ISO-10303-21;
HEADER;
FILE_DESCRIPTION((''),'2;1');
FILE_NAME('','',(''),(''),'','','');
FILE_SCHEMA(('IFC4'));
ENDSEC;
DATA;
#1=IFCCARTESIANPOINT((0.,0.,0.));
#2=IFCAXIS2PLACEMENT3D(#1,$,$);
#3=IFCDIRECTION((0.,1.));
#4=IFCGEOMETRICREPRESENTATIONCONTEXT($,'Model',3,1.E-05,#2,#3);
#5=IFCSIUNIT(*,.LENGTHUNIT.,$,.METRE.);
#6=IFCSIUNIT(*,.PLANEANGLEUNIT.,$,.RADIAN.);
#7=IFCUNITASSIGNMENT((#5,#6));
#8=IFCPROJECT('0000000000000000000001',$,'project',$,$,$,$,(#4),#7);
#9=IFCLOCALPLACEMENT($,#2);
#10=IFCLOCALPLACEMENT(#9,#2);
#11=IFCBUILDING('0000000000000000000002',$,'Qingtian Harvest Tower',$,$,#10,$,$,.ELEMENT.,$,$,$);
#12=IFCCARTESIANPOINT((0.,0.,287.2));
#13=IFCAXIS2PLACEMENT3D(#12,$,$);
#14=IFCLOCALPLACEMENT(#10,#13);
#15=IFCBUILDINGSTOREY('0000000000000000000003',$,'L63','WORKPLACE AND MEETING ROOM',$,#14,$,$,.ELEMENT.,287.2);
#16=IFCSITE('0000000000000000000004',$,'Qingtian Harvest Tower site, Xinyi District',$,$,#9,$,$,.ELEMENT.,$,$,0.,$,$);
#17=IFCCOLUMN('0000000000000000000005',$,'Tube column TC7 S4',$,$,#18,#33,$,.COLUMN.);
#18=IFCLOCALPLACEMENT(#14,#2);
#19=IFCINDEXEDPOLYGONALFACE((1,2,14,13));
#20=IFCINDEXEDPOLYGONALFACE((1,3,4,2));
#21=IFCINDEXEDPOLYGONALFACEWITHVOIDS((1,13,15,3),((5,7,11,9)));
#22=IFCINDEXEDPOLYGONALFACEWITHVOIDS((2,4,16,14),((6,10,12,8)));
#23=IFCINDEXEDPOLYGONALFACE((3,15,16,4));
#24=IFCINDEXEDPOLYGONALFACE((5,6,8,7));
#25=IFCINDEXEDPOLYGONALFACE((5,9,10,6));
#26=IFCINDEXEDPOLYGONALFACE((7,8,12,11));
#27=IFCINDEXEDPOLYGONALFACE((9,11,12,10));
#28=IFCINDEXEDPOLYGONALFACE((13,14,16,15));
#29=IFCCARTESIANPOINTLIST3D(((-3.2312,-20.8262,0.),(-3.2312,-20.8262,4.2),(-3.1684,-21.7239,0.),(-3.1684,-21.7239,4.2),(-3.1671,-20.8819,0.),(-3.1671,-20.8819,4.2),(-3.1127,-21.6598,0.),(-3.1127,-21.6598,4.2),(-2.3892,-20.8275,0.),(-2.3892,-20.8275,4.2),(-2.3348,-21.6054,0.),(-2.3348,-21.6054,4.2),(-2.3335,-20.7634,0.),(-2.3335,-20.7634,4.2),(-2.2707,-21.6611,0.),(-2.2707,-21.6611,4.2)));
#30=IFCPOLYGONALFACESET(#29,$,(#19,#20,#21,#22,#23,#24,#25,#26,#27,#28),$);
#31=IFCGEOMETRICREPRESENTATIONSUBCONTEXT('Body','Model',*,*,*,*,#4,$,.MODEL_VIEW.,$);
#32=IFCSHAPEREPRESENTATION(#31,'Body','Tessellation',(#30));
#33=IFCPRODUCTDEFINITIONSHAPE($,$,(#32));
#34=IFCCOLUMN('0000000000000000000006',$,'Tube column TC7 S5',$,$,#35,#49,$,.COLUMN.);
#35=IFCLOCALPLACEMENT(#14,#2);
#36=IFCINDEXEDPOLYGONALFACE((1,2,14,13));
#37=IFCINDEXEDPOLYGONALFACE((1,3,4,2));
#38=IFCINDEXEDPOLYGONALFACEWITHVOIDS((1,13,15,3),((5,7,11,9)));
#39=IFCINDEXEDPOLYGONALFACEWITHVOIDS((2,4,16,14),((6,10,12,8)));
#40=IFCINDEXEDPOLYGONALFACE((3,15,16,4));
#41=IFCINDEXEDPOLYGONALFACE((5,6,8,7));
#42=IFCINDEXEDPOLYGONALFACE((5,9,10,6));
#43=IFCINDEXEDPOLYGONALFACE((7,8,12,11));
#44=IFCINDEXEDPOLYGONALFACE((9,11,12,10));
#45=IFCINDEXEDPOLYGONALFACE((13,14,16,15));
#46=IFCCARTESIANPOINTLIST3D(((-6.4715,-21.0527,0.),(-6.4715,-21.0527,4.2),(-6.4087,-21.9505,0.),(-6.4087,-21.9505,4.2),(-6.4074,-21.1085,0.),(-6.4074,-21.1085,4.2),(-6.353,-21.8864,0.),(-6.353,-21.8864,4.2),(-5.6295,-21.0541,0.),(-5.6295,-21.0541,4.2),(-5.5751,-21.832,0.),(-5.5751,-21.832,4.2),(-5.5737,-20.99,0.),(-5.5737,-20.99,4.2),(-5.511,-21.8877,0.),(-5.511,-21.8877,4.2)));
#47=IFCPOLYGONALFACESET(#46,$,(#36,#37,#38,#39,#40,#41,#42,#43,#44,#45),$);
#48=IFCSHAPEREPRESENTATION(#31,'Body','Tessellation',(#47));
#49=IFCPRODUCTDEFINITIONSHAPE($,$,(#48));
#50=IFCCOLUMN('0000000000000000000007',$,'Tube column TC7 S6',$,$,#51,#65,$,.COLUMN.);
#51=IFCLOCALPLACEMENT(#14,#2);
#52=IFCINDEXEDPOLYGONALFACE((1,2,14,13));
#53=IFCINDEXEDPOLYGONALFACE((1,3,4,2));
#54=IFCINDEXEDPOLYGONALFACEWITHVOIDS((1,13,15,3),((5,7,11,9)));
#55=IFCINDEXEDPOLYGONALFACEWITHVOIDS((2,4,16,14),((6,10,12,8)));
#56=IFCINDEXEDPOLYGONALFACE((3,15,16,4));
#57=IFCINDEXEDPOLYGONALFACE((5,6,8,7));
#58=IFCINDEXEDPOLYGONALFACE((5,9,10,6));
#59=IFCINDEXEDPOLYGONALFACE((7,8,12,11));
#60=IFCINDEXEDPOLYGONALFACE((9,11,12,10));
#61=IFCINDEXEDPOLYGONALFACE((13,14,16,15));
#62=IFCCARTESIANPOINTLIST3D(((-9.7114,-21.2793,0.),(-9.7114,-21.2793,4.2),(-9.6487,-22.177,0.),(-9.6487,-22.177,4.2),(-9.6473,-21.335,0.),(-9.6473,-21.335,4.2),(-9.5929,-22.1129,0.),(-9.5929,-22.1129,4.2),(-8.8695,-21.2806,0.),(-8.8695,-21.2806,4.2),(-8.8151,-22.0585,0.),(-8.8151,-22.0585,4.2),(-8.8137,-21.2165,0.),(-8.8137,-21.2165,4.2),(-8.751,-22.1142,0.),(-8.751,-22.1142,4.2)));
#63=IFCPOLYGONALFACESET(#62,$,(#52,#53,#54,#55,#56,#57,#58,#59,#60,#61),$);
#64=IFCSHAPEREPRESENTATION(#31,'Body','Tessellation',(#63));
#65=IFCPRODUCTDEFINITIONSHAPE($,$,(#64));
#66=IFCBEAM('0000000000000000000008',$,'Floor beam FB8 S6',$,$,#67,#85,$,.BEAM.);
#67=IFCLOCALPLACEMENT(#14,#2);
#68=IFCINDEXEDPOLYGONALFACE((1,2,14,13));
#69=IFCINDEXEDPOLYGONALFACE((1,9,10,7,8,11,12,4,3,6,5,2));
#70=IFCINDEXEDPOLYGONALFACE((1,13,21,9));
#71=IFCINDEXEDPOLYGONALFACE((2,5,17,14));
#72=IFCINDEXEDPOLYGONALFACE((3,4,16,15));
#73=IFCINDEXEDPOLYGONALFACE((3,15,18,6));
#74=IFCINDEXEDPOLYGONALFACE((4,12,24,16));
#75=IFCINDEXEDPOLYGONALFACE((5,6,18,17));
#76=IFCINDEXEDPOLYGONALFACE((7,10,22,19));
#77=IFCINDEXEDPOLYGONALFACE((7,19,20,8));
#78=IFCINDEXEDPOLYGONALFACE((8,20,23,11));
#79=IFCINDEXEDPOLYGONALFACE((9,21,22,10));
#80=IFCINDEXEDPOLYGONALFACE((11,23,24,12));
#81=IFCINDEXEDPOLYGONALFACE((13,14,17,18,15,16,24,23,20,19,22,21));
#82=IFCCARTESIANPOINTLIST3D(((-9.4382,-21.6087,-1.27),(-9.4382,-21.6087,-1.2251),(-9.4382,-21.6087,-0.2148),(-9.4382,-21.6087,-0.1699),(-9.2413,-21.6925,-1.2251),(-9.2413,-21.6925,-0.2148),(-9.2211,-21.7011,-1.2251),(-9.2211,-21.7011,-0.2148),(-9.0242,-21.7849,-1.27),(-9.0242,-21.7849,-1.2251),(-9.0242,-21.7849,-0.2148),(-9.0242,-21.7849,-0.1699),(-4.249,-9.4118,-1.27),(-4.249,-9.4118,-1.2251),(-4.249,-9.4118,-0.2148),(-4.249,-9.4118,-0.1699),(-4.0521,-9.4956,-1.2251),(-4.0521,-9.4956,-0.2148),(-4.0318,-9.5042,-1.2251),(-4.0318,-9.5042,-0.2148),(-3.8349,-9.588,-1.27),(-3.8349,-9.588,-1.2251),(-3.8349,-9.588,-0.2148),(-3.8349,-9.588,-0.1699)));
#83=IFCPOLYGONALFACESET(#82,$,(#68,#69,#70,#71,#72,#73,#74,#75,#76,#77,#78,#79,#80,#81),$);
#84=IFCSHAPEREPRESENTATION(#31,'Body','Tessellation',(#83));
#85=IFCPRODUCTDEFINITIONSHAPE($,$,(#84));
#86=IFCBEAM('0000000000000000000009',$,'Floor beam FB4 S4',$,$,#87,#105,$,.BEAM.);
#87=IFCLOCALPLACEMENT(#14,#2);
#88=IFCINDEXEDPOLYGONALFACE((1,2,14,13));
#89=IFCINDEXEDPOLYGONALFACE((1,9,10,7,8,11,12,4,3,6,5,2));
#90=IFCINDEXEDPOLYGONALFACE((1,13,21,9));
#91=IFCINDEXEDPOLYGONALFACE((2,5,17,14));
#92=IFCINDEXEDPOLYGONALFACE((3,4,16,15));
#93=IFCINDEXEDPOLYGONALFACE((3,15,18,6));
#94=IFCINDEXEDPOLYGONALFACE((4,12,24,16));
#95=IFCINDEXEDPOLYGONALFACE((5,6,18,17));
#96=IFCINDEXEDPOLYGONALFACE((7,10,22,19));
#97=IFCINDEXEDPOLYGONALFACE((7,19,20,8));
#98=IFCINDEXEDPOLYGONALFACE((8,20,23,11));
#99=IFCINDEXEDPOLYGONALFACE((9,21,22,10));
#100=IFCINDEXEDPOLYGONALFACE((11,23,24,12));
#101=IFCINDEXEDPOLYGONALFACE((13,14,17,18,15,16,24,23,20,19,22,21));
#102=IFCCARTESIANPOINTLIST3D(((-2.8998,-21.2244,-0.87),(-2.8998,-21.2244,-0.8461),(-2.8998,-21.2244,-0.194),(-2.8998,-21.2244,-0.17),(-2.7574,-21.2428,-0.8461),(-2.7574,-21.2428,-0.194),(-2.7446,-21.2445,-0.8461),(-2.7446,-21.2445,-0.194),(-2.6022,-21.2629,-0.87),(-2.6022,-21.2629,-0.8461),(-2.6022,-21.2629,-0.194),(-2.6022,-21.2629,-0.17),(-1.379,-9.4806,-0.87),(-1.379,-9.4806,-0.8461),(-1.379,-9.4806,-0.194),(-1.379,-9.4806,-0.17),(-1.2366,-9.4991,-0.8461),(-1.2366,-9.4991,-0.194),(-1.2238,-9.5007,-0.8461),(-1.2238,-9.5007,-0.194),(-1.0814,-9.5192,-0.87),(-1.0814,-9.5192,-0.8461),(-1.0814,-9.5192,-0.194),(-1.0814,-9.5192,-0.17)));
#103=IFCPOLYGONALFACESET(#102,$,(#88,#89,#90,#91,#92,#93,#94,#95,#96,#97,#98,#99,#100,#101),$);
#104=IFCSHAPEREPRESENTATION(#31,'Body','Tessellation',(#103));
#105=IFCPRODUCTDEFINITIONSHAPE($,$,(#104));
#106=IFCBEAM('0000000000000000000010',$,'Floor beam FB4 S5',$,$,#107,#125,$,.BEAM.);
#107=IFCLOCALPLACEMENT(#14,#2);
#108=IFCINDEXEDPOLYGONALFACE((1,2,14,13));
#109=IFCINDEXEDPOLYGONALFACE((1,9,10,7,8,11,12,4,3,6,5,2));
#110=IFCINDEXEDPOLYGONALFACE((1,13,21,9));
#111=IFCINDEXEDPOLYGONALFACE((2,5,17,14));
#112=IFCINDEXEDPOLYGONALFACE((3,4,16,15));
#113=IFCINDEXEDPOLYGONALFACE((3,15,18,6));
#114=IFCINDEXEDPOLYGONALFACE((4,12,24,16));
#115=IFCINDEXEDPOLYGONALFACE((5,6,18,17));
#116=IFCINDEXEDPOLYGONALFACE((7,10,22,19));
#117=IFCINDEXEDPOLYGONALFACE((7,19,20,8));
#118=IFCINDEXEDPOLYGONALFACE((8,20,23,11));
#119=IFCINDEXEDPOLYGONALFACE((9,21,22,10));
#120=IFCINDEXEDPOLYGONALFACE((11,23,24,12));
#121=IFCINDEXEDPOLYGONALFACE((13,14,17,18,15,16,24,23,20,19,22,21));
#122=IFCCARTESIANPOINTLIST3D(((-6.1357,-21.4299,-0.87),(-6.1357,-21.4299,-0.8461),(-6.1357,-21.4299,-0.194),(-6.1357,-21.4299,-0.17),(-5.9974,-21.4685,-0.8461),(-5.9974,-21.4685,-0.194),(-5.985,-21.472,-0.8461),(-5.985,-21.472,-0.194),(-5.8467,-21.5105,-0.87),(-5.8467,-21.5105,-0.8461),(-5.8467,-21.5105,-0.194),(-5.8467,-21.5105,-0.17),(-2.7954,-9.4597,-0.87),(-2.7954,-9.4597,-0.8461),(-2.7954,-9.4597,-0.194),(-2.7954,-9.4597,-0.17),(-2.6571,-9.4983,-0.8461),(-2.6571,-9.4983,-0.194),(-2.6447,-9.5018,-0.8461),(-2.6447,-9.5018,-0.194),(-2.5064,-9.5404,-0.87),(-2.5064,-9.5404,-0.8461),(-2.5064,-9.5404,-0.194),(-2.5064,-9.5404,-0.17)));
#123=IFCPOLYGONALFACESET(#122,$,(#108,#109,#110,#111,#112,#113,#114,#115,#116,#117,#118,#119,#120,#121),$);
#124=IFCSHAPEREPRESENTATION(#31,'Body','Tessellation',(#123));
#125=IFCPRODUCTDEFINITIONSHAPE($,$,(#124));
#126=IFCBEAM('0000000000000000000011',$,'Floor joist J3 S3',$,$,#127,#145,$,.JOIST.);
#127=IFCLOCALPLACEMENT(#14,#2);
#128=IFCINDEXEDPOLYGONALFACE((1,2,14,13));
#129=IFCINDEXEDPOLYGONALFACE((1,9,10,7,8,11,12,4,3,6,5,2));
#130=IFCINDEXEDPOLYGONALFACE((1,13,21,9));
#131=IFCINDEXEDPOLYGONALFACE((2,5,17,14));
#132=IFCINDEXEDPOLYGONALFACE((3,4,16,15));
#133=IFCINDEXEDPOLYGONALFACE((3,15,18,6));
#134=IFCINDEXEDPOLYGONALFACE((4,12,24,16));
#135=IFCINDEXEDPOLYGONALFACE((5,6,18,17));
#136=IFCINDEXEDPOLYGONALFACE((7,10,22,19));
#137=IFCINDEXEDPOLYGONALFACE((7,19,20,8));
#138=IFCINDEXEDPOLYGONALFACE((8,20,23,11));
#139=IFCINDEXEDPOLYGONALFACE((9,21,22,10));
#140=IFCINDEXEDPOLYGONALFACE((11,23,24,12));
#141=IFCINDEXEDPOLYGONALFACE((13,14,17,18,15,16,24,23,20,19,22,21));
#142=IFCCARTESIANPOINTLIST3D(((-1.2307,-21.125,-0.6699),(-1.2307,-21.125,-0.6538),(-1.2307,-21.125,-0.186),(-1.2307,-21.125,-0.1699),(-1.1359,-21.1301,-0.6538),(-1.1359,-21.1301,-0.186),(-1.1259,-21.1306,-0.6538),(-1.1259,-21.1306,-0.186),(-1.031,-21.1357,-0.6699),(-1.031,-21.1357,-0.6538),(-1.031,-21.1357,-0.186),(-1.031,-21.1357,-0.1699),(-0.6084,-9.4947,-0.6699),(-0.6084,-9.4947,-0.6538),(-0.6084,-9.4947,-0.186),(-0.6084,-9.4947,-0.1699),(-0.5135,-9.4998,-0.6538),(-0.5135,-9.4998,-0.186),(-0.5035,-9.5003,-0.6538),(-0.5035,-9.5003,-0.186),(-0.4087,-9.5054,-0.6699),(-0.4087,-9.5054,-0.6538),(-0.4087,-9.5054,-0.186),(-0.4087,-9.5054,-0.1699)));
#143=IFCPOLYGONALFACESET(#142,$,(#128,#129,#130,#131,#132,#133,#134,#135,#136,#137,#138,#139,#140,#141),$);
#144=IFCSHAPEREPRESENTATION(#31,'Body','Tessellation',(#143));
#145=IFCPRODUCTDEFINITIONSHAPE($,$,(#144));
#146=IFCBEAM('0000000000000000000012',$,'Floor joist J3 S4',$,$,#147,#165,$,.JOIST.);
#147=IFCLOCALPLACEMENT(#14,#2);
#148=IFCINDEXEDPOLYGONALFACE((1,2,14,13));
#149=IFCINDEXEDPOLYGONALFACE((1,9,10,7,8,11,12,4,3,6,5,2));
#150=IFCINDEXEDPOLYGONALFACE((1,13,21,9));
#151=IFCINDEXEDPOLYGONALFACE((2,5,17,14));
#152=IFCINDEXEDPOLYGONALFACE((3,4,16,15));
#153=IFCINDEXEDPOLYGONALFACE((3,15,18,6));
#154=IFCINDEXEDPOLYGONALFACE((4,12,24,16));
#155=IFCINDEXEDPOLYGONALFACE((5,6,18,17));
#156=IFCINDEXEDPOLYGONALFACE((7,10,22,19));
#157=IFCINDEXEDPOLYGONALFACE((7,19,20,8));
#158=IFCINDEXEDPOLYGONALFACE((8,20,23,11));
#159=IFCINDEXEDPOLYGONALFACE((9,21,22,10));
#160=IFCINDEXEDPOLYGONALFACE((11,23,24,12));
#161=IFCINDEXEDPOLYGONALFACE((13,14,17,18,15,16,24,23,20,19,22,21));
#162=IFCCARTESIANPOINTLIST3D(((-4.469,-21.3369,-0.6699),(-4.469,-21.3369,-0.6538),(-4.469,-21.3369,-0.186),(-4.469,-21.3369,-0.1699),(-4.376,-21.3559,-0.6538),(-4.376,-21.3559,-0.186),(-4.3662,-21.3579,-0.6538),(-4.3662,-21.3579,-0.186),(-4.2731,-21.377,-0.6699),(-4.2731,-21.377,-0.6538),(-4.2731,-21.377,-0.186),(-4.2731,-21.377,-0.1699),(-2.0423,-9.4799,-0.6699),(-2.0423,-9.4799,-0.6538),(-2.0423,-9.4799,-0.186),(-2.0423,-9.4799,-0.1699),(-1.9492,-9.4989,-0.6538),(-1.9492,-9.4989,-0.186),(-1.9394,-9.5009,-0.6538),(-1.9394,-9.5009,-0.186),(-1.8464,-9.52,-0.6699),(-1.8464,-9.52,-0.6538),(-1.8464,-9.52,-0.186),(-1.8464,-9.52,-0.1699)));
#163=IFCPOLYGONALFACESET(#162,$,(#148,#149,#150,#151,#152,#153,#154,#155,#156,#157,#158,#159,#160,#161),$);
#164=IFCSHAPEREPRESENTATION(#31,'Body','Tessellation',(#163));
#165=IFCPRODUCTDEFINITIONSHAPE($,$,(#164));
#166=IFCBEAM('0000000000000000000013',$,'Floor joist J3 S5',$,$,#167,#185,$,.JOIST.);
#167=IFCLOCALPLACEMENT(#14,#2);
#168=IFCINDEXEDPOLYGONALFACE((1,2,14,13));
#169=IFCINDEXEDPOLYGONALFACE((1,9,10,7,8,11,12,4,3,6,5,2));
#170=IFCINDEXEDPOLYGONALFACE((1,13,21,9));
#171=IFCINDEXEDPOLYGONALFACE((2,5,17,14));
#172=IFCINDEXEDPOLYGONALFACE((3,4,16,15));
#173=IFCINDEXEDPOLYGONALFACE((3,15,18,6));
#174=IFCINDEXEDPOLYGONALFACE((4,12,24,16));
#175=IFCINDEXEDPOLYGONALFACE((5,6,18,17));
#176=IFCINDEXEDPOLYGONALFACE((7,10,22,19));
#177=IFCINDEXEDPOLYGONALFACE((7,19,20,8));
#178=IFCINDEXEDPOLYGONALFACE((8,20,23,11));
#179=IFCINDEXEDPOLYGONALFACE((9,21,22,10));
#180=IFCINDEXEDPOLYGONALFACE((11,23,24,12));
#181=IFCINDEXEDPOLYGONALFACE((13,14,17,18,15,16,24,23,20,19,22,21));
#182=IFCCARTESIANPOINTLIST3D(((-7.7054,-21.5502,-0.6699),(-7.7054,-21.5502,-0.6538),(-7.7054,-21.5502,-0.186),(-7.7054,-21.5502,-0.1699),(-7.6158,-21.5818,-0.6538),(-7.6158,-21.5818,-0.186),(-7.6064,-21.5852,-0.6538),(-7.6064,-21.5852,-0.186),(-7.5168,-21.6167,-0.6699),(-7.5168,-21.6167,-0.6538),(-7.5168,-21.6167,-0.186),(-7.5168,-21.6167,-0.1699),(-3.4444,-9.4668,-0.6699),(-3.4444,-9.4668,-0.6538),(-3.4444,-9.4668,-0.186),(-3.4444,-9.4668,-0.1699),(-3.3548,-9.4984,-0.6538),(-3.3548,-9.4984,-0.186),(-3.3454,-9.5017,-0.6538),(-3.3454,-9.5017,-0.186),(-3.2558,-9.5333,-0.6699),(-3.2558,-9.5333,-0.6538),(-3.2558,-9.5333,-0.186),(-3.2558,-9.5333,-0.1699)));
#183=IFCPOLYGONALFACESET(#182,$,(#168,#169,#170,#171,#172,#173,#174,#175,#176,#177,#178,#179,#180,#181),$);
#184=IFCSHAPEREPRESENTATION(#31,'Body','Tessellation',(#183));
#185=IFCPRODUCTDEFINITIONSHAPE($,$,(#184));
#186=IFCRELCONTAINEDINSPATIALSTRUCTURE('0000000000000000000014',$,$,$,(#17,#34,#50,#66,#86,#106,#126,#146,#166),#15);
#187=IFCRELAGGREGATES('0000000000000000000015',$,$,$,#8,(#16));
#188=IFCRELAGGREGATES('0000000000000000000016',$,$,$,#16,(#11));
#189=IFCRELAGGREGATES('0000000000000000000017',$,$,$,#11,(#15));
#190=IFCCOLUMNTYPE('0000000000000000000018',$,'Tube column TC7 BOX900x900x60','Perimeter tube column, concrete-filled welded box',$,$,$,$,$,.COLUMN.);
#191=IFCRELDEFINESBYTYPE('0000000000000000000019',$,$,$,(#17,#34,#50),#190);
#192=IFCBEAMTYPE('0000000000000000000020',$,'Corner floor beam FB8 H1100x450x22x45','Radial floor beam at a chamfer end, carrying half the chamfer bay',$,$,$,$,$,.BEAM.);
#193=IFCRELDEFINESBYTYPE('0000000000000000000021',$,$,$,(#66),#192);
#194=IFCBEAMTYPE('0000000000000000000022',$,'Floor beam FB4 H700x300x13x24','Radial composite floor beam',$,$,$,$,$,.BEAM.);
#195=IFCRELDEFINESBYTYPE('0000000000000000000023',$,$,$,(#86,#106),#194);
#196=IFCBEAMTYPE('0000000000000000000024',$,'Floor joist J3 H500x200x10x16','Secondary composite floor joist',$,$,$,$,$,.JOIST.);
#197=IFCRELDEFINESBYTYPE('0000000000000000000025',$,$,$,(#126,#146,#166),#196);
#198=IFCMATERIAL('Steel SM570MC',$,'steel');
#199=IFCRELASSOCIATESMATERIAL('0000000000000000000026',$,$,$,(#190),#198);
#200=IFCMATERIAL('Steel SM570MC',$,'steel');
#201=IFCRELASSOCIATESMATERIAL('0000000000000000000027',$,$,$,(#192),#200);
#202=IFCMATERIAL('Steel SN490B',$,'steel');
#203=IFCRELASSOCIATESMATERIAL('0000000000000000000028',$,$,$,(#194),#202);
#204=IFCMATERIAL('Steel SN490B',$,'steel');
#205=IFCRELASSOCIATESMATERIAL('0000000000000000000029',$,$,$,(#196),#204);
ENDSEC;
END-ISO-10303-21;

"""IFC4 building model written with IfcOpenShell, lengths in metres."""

from ifc_helpers import new_model, si_unit, direction, frame, origin, origin_2d, place, context, subcontext, project, spatial, hollow_rectangle, i_section, extrude, material, material_profile, profile_set, type_object, element, save


model = new_model("IFC4")

# Units and contexts
model_context = context("Model", 3, precision=1e-05, world=origin(), true_north=direction((0.0, 1.0)))
body_context = subcontext(model_context, "Body", "Model", "MODEL_VIEW")
ifc_project = project(units=[si_unit("LENGTHUNIT", "METRE"), si_unit("PLANEANGLEUNIT", "RADIAN")], contexts=[model_context])

# Site, building, storey
site_placement = place(None, origin())
site = spatial("IfcSite", under=ifc_project, at=site_placement, Name="Qingtian Harvest Tower site, Xinyi District", CompositionType="ELEMENT", RefElevation=0.0)
building_placement = place(site_placement, origin())
building = spatial("IfcBuilding", under=site, at=building_placement, Name="Qingtian Harvest Tower", CompositionType="ELEMENT")
storey_placement = place(building_placement, frame((0.0, 0.0, 287.2)))
storey = spatial("IfcBuildingStorey", under=building, at=storey_placement, Name="L63", Description="WORKPLACE AND MEETING ROOM", CompositionType="ELEMENT", Elevation=287.2)

# Columns
ifc_material_1 = material(Name="Steel SM570MC", Category="steel")
ifc_material_profile_1 = material_profile(ifc_material_1, hollow_rectangle(XDim=0.8999, YDim=0.8999, WallThickness=0.0601, at=origin_2d()), Name="BOX900x900x60")
ifc_profile_set_1 = profile_set([ifc_material_profile_1], Name="Steel SM570MC")
column_type = type_object("IfcColumnType", Name="Tube column TC7 BOX900x900x60", Description="Perimeter tube column, concrete-filled welded box", PredefinedType="COLUMN", material=ifc_profile_set_1)
for number, where, z_axis, x_axis, name in (
    (1, (-2.751, -21.2437, 0.0), (0.0, 0.0, 1.0), (0.997564, 0.069756, 0.0), "Tube column TC7 S4"),
    (2, (-5.9912, -21.4702, 0.0), (0.0, 0.0, 1.0), (0.997564, 0.069756, 0.0), "Tube column TC7 S5"),
    (3, (-9.2312, -21.6968, 0.0), (0.0, 0.0, 1.0), (0.997564, 0.069756, 0.0), "Tube column TC7 S6"),
):
    element("IfcColumn", number, at=place(storey_placement, frame(where, z_axis=z_axis, x_axis=x_axis)), inside=storey, type_object=column_type, Name=name, PredefinedType="COLUMN", context=body_context, shape_type="SweptSolid", body=[
        extrude(hollow_rectangle(XDim=0.8999, YDim=0.8999, WallThickness=0.0601, at=origin_2d()), origin(), (0.0, 0.0, 1.0), 4.2),
    ])

# Beams
ifc_material_2 = material(Name="Steel SM570MC", Category="steel")
ifc_material_profile_2 = material_profile(ifc_material_2, i_section(OverallWidth=0.45, OverallDepth=1.1001, WebThickness=0.022, FlangeThickness=0.0449, at=origin_2d()), Name="H1100x450x22x45")
ifc_profile_set_2 = profile_set([ifc_material_profile_2], Name="Steel SM570MC")
beam_type_1 = type_object("IfcBeamType", Name="Corner floor beam FB8 H1100x450x22x45", Description="Radial floor beam at a chamfer end, carrying half the chamfer bay", PredefinedType="BEAM", material=ifc_profile_set_2)
beam_1_placement = place(storey_placement, frame((-9.2312, -21.6968, -0.72), z_axis=(0.391497, 0.920179, 0.0), x_axis=(-0.920179, 0.391497, 0.0)))
element("IfcBeam", 4, at=beam_1_placement, inside=storey, type_object=beam_type_1, Name="Floor beam FB8 S6", PredefinedType="BEAM", context=body_context, shape_type="SweptSolid", body=[
    extrude(i_section(OverallWidth=0.45, OverallDepth=1.1001, WebThickness=0.022, FlangeThickness=0.0449, at=origin_2d()), origin(), (0.0, 0.0, 1.0), 13.2549),
])
ifc_material_3 = material(Name="Steel SN490B", Category="steel")
ifc_material_profile_3 = material_profile(ifc_material_3, i_section(OverallWidth=0.3, OverallDepth=0.7, WebThickness=0.0129, FlangeThickness=0.0239, at=origin_2d()), Name="H700x300x13x24")
ifc_profile_set_3 = profile_set([ifc_material_profile_3], Name="Steel SN490B")
beam_type_2 = type_object("IfcBeamType", Name="Floor beam FB4 H700x300x13x24", Description="Radial composite floor beam", PredefinedType="BEAM", material=ifc_profile_set_3)
beam_2_placement = place(storey_placement, frame((-2.751, -21.2437, -0.52), z_axis=(0.128423, 0.991719, 0.0), x_axis=(-0.991719, 0.128423, 0.0)))
element("IfcBeam", 5, at=beam_2_placement, inside=storey, type_object=beam_type_2, Name="Floor beam FB4 S4", PredefinedType="BEAM", context=body_context, shape_type="SweptSolid", body=[
    extrude(i_section(OverallWidth=0.3, OverallDepth=0.7, WebThickness=0.0129, FlangeThickness=0.0239, at=origin_2d()), origin(), (0.0, 0.0, 1.0), 11.8418),
])
beam_3_placement = place(storey_placement, frame((-5.9912, -21.4702, -0.52), z_axis=(0.268785, 0.9632, 0.0), x_axis=(-0.9632, 0.268785, 0.0)))
element("IfcBeam", 6, at=beam_3_placement, inside=storey, type_object=beam_type_2, Name="Floor beam FB4 S5", PredefinedType="BEAM", context=body_context, shape_type="SweptSolid", body=[
    extrude(i_section(OverallWidth=0.3, OverallDepth=0.7, WebThickness=0.0129, FlangeThickness=0.0239, at=origin_2d()), origin(), (0.0, 0.0, 1.0), 12.4275),
])
ifc_material_4 = material(Name="Steel SN490B", Category="steel")
ifc_material_profile_4 = material_profile(ifc_material_4, i_section(OverallWidth=0.2, OverallDepth=0.5, WebThickness=0.01, FlangeThickness=0.0161, at=origin_2d()), Name="H500x200x10x16")
ifc_profile_set_4 = profile_set([ifc_material_profile_4], Name="Steel SN490B")
beam_type_3 = type_object("IfcBeamType", Name="Floor joist J3 H500x200x10x16", Description="Secondary composite floor joist", PredefinedType="JOIST", material=ifc_profile_set_4)
beam_4_placement = place(storey_placement, frame((-1.1309, -21.1304, -0.4199), z_axis=(0.053431, 0.998572, 0.0), x_axis=(-0.998572, 0.053431, 0.0)))
element("IfcBeam", 7, at=beam_4_placement, inside=storey, type_object=beam_type_3, Name="Floor joist J3 S3", PredefinedType="JOIST", context=body_context, shape_type="SweptSolid", body=[
    extrude(i_section(OverallWidth=0.2, OverallDepth=0.5, WebThickness=0.01, FlangeThickness=0.0161, at=origin_2d()), origin(), (0.0, 0.0, 1.0), 11.647),
])
beam_5_placement = place(storey_placement, frame((-4.3711, -21.3569, -0.4199), z_axis=(0.200513, 0.979691, 0.0), x_axis=(-0.979691, 0.200513, 0.0)))
element("IfcBeam", 8, at=beam_5_placement, inside=storey, type_object=beam_type_3, Name="Floor joist J3 S4", PredefinedType="JOIST", context=body_context, shape_type="SweptSolid", body=[
    extrude(i_section(OverallWidth=0.2, OverallDepth=0.5, WebThickness=0.01, FlangeThickness=0.0161, at=origin_2d()), origin(), (0.0, 0.0, 1.0), 12.1028),
])
beam_6_placement = place(storey_placement, frame((-7.6111, -21.5835, -0.4199), z_axis=(0.332558, 0.943083, 0.0), x_axis=(-0.943083, 0.332558, 0.0)))
element("IfcBeam", 9, at=beam_6_placement, inside=storey, type_object=beam_type_3, Name="Floor joist J3 S5", PredefinedType="JOIST", context=body_context, shape_type="SweptSolid", body=[
    extrude(i_section(OverallWidth=0.2, OverallDepth=0.5, WebThickness=0.01, FlangeThickness=0.0161, at=origin_2d()), origin(), (0.0, 0.0, 1.0), 12.8127),
])

save(model, "model.ifc")
